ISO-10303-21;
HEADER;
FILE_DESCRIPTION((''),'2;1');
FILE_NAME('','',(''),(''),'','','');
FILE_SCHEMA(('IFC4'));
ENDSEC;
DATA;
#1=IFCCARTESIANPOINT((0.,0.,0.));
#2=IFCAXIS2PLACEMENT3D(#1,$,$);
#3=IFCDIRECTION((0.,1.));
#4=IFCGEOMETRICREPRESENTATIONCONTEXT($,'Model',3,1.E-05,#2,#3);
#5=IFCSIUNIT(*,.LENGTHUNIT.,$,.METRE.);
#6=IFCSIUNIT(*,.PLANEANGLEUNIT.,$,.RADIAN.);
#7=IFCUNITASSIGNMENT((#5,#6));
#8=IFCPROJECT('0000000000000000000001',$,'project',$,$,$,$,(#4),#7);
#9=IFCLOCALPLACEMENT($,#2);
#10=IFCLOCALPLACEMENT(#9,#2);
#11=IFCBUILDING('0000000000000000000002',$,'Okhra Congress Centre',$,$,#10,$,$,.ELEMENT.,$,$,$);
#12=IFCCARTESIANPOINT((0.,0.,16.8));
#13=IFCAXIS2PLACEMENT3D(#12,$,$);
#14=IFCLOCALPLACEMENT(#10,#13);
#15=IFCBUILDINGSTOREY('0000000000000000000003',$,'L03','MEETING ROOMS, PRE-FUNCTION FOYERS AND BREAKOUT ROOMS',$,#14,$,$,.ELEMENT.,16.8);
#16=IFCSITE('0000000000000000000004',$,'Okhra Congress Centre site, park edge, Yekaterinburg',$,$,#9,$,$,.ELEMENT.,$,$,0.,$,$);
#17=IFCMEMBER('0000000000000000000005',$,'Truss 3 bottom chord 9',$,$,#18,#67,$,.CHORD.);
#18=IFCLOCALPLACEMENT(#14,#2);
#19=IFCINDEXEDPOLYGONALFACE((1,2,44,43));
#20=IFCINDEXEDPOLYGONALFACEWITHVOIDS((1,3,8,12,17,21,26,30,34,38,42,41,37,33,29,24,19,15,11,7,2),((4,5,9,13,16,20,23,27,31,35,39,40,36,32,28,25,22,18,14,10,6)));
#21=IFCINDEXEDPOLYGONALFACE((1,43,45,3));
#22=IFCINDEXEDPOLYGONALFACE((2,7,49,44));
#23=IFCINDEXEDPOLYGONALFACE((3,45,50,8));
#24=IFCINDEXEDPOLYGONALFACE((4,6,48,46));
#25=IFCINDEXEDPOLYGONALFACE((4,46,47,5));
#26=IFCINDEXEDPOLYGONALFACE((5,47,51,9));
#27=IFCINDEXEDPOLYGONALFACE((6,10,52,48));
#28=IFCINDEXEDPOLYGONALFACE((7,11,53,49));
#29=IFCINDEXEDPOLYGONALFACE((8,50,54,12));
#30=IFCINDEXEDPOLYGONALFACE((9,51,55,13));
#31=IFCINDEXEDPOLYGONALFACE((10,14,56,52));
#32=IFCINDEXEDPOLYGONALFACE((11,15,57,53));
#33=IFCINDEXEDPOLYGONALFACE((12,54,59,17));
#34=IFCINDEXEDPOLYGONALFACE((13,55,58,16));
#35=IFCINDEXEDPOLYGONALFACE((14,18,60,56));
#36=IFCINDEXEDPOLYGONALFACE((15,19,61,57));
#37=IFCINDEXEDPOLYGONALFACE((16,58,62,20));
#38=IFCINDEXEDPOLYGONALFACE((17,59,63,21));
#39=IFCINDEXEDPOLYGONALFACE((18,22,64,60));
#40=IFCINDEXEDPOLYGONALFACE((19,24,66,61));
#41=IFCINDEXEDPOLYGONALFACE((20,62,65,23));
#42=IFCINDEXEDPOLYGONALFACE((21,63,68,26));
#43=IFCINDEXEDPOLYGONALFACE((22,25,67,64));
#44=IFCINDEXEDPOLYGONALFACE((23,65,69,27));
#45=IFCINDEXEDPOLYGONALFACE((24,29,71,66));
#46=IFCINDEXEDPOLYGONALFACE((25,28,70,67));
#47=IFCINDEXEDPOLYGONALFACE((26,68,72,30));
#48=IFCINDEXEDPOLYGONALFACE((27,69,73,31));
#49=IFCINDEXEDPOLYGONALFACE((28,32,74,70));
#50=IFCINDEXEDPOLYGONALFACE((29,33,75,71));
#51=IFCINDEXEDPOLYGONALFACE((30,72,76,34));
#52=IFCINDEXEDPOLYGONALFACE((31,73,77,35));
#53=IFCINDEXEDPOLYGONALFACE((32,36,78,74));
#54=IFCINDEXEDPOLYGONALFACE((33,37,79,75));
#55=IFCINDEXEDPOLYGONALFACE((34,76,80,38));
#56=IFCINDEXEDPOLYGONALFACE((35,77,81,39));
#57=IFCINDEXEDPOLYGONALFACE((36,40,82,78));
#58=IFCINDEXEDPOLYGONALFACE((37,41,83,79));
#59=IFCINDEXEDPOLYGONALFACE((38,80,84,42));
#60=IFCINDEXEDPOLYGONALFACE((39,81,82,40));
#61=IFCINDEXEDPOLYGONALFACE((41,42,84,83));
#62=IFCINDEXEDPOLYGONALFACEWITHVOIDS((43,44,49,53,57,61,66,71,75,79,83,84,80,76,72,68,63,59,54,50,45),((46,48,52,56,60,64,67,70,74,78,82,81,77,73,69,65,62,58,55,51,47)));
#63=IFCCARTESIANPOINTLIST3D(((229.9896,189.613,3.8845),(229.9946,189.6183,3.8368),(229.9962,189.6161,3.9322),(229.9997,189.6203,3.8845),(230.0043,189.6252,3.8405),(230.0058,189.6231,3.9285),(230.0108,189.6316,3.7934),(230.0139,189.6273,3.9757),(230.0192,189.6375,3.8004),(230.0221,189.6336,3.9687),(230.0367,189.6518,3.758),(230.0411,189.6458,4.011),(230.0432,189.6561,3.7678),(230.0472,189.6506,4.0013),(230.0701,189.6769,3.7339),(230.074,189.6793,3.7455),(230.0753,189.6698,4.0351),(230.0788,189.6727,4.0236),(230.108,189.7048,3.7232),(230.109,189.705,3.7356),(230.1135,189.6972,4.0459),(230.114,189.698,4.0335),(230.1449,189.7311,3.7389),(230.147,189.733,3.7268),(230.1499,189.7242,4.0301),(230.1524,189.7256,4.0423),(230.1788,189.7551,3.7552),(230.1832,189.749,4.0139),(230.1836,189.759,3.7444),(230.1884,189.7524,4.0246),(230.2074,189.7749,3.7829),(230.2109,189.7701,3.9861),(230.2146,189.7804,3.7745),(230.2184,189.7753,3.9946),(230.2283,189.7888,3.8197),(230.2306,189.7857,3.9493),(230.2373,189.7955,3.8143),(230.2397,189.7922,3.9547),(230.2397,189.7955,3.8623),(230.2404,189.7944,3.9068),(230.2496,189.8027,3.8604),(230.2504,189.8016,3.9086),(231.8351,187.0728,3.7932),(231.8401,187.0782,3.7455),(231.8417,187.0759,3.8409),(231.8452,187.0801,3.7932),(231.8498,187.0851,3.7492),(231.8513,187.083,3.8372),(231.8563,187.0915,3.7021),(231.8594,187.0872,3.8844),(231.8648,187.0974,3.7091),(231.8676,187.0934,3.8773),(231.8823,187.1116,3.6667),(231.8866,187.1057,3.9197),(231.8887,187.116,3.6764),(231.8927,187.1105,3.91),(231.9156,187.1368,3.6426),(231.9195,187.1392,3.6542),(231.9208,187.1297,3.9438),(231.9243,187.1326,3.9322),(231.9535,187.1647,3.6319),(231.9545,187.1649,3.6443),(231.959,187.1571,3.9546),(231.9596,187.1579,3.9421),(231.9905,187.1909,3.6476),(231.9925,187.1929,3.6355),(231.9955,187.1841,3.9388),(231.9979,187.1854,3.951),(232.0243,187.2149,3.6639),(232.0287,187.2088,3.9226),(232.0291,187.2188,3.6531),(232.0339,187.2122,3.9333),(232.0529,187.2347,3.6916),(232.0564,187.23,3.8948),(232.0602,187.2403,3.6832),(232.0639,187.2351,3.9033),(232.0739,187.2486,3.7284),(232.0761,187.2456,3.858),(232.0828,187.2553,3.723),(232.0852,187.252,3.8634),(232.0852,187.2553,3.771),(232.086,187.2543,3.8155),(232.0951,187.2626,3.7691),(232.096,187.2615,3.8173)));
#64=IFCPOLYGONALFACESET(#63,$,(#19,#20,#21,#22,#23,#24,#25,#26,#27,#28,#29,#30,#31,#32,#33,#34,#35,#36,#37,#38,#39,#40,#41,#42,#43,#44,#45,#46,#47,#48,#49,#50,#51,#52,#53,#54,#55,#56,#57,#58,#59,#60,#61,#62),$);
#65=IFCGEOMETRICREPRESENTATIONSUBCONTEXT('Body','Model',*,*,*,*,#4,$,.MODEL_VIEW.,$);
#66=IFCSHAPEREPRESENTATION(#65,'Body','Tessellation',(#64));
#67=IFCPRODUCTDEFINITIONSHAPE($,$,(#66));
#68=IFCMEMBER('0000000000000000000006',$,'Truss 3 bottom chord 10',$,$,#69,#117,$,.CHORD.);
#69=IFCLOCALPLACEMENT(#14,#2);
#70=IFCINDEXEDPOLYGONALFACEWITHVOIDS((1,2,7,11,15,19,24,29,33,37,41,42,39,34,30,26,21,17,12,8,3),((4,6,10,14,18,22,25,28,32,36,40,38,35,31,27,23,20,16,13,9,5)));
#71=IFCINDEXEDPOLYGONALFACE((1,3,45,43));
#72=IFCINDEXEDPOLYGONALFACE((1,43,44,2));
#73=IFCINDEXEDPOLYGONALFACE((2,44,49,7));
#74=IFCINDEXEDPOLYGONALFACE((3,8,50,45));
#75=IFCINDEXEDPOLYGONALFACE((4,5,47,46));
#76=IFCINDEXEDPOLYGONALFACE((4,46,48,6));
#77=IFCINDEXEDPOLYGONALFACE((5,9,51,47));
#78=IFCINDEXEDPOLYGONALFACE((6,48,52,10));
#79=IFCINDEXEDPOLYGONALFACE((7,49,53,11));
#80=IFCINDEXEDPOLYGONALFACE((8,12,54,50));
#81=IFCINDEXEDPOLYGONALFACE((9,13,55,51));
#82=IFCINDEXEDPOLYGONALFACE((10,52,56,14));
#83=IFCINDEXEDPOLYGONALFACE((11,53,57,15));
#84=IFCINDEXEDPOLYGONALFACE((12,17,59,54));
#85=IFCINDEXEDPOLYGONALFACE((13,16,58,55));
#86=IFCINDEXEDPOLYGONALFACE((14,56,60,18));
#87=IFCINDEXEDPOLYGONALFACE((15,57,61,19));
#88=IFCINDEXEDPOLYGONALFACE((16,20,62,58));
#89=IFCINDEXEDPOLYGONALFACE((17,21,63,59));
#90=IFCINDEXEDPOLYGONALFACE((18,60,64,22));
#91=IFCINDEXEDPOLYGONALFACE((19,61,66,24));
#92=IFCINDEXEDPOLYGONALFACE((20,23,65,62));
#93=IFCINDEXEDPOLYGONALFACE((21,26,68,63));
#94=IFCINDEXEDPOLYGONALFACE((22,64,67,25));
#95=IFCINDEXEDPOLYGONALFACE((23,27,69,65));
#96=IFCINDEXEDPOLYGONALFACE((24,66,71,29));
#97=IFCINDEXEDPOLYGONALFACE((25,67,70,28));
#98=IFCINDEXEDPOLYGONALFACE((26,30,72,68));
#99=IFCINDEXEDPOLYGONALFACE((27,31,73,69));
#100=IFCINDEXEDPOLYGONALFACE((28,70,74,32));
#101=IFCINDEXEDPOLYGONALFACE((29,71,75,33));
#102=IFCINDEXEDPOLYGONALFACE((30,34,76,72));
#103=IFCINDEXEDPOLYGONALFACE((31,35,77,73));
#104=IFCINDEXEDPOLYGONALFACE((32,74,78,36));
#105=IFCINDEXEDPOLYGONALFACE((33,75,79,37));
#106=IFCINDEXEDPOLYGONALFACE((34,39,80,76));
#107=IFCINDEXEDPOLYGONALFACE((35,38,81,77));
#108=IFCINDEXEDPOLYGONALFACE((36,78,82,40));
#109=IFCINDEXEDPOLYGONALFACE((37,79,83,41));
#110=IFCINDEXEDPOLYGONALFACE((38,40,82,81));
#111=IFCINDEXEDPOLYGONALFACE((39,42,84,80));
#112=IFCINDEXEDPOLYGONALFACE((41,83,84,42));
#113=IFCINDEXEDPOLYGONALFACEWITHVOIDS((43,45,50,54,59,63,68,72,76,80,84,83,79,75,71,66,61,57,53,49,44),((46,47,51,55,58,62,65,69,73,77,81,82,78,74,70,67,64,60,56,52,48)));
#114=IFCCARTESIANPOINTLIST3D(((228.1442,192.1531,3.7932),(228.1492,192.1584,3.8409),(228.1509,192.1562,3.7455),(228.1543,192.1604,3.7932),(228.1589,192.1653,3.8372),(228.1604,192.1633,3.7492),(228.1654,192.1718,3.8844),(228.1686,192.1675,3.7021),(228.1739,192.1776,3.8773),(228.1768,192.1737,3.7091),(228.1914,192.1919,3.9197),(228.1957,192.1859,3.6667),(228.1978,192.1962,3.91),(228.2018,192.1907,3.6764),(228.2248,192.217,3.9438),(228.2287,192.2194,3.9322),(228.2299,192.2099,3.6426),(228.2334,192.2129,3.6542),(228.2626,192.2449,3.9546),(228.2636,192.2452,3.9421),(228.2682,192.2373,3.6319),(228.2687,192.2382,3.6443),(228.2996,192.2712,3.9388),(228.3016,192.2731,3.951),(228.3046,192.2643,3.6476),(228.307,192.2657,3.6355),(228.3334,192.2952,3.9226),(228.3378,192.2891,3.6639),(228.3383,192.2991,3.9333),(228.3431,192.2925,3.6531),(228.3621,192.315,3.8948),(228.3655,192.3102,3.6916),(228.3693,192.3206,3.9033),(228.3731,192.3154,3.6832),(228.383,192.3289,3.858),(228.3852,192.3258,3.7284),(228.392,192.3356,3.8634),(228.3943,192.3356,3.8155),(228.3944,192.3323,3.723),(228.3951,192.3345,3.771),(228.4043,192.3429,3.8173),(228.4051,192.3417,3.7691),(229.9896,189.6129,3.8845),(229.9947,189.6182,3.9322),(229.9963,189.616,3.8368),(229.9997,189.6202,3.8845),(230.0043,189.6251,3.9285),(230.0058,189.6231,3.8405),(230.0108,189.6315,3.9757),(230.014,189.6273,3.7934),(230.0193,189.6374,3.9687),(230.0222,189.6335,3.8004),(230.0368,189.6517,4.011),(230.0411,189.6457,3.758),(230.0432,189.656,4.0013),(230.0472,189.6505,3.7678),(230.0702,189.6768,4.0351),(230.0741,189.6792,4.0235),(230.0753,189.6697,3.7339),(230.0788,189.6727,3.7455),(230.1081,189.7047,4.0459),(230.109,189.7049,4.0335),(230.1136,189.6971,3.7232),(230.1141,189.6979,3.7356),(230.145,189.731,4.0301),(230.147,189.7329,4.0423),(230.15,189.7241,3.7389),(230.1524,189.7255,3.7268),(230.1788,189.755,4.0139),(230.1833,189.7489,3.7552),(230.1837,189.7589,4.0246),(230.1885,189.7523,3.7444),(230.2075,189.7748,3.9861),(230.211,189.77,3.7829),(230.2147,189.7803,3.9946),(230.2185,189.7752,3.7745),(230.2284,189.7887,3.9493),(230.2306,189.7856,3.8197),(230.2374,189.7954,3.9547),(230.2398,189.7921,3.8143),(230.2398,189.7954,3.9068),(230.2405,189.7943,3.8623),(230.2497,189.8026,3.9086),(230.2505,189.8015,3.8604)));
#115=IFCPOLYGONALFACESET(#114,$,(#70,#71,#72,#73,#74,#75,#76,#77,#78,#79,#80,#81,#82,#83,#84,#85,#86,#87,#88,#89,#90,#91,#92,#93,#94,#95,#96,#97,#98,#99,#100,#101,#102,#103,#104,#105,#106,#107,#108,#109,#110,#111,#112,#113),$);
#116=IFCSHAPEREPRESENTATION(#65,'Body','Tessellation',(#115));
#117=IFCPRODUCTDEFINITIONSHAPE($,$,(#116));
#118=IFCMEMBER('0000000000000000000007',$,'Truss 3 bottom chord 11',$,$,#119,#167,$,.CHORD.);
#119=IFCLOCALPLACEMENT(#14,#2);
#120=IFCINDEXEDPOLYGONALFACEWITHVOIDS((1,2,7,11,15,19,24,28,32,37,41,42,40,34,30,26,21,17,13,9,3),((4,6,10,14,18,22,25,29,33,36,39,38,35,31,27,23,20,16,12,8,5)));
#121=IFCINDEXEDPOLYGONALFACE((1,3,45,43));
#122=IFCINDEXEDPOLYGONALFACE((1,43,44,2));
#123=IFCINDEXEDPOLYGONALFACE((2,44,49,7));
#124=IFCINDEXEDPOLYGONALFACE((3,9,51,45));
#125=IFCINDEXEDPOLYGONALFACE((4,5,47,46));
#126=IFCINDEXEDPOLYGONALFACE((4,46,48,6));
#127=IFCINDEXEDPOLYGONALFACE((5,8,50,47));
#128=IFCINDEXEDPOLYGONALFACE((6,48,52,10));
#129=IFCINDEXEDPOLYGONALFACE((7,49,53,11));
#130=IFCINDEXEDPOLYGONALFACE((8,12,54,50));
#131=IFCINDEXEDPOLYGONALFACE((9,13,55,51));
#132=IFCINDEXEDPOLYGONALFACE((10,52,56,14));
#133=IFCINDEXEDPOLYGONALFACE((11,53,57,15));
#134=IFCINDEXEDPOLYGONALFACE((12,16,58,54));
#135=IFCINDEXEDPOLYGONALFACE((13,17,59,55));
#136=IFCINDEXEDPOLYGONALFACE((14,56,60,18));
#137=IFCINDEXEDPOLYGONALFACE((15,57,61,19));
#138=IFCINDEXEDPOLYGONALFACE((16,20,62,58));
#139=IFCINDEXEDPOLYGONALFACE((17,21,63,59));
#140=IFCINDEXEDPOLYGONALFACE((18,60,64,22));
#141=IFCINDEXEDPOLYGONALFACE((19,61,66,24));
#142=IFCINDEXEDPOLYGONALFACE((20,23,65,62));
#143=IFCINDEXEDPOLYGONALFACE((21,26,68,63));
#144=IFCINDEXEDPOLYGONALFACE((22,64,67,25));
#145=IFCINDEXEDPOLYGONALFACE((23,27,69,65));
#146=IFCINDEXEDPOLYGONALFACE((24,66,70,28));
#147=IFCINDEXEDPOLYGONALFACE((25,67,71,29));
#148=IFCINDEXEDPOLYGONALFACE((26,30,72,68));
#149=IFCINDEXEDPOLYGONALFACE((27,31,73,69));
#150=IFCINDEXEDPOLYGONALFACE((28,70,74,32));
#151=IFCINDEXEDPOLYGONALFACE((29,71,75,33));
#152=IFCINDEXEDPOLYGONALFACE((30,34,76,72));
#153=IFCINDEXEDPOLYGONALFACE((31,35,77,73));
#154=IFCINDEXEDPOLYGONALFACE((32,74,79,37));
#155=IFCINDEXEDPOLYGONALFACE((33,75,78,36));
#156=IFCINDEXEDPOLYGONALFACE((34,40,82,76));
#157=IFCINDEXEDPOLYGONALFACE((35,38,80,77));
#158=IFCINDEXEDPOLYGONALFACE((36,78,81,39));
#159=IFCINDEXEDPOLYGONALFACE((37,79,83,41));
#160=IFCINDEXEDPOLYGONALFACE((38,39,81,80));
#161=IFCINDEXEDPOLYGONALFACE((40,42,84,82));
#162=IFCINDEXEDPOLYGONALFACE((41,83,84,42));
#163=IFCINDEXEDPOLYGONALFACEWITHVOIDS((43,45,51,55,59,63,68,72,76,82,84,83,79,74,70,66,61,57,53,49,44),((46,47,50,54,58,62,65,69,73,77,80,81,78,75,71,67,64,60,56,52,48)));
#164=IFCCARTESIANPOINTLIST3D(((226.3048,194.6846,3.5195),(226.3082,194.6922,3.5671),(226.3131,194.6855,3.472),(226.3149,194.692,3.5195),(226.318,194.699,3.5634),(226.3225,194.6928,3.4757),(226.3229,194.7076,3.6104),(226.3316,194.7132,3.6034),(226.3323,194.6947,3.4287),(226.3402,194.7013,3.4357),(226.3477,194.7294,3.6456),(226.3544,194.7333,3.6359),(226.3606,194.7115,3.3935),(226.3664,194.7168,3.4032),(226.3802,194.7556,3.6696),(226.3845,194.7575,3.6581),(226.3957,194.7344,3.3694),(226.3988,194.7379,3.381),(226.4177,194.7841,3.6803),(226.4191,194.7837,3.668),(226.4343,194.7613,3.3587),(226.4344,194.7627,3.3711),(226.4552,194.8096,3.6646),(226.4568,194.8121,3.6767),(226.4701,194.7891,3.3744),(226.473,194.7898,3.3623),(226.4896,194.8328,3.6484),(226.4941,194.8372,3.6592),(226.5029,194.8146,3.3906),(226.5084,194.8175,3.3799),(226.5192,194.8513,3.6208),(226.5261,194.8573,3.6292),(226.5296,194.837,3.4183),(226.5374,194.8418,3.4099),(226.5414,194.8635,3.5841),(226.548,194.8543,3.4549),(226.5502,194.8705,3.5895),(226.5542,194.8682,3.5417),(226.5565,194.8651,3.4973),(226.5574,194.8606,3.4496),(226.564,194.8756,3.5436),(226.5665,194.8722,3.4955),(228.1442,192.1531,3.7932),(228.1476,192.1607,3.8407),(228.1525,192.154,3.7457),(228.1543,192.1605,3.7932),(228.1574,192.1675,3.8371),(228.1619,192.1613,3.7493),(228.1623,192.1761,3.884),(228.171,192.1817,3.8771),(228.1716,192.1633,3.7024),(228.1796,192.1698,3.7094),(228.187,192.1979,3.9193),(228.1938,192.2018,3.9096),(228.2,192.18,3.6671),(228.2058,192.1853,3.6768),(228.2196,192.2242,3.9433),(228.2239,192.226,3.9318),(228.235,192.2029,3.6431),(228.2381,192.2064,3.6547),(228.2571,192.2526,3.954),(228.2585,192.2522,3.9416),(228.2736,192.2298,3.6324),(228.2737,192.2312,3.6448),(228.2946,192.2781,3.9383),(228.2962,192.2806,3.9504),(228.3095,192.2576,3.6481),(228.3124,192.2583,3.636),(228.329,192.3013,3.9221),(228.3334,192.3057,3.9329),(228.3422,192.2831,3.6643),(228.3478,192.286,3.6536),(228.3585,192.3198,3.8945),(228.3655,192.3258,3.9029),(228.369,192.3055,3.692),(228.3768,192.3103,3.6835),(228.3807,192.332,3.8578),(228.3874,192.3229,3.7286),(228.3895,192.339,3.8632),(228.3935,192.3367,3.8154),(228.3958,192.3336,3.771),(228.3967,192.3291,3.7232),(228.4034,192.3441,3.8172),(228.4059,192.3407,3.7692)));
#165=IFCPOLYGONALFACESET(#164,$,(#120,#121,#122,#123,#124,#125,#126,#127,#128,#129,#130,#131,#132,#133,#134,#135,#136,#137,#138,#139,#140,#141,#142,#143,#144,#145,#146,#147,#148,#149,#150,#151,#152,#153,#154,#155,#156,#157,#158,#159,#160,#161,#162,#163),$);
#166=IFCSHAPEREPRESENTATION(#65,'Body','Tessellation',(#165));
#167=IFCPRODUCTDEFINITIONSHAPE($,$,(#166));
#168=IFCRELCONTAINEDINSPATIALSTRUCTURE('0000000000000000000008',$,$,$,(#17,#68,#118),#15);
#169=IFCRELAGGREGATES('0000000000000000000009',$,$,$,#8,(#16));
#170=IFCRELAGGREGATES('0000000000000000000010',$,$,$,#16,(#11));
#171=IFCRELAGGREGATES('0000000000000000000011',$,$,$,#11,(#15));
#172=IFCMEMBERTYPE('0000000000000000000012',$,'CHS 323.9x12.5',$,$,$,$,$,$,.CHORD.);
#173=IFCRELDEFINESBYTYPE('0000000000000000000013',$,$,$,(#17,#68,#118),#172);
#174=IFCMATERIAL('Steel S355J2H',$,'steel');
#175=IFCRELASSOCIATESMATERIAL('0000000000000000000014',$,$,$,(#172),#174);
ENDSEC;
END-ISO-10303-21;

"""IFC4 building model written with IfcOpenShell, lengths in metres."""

from ifc_helpers import new_model, si_unit, direction, frame, origin, origin_2d, place, context, subcontext, project, spatial, hollow_circle, extrude, material, material_profile, profile_set, type_object, element, save


model = new_model("IFC4")

# Units and contexts
model_context = context("Model", 3, precision=1e-05, world=origin(), true_north=direction((0.0, 1.0)))
body_context = subcontext(model_context, "Body", "Model", "MODEL_VIEW")
ifc_project = project(units=[si_unit("LENGTHUNIT", "METRE"), si_unit("PLANEANGLEUNIT", "RADIAN")], contexts=[model_context])

# Site, building, storey
site_placement = place(None, origin())
site = spatial("IfcSite", under=ifc_project, at=site_placement, Name="Okhra Congress Centre site, park edge, Yekaterinburg", CompositionType="ELEMENT", RefElevation=0.0)
building_placement = place(site_placement, origin())
building = spatial("IfcBuilding", under=site, at=building_placement, Name="Okhra Congress Centre", CompositionType="ELEMENT")
storey_placement = place(building_placement, frame((0.0, 0.0, 16.8)))
storey = spatial("IfcBuildingStorey", under=building, at=storey_placement, Name="L03", Description="MEETING ROOMS, PRE-FUNCTION FOYERS AND BREAKOUT ROOMS", CompositionType="ELEMENT", Elevation=16.8)

# Members
ifc_material_1 = material(Name="Steel S355J2H", Category="steel")
ifc_material_profile_1 = material_profile(ifc_material_1, hollow_circle(Radius=0.1619, WallThickness=0.0125, at=origin_2d()), Name="CHS 323.9x12.5")
ifc_profile_set_1 = profile_set([ifc_material_profile_1], Name="Steel S355J2H")
member_type_1 = type_object("IfcMemberType", Name="CHS 323.9x12.5", PredefinedType="CHORD", material=ifc_profile_set_1)
for number, where, z_axis, x_axis, name in (
    (1, (231.9661, 187.168, 3.7932), (-0.587539, 0.808673, 0.02907), (-0.809015, -0.587788, 0.0), "Truss 3 bottom chord 9"),
    (2, (230.1206, 189.708, 3.8845), (-0.587503, 0.8087, -0.029068), (-0.809042, -0.587751, 0.0), "Truss 3 bottom chord 10"),
    (3, (228.2751, 192.2483, 3.7932), (-0.585574, 0.805923, -0.087129), (-0.808999, -0.58781, 0.0), "Truss 3 bottom chord 11"),
):
    element("IfcMember", number, at=place(storey_placement, frame(where, z_axis=z_axis, x_axis=x_axis)), inside=storey, type_object=member_type_1, Name=name, PredefinedType="CHORD", context=body_context, shape_type="SweptSolid", body=[
        extrude(hollow_circle(Radius=0.1619, WallThickness=0.0125, at=origin_2d()), origin(), (0.0, 0.0, 1.0), 3.1411),
    ])

save(model, "model.ifc")
